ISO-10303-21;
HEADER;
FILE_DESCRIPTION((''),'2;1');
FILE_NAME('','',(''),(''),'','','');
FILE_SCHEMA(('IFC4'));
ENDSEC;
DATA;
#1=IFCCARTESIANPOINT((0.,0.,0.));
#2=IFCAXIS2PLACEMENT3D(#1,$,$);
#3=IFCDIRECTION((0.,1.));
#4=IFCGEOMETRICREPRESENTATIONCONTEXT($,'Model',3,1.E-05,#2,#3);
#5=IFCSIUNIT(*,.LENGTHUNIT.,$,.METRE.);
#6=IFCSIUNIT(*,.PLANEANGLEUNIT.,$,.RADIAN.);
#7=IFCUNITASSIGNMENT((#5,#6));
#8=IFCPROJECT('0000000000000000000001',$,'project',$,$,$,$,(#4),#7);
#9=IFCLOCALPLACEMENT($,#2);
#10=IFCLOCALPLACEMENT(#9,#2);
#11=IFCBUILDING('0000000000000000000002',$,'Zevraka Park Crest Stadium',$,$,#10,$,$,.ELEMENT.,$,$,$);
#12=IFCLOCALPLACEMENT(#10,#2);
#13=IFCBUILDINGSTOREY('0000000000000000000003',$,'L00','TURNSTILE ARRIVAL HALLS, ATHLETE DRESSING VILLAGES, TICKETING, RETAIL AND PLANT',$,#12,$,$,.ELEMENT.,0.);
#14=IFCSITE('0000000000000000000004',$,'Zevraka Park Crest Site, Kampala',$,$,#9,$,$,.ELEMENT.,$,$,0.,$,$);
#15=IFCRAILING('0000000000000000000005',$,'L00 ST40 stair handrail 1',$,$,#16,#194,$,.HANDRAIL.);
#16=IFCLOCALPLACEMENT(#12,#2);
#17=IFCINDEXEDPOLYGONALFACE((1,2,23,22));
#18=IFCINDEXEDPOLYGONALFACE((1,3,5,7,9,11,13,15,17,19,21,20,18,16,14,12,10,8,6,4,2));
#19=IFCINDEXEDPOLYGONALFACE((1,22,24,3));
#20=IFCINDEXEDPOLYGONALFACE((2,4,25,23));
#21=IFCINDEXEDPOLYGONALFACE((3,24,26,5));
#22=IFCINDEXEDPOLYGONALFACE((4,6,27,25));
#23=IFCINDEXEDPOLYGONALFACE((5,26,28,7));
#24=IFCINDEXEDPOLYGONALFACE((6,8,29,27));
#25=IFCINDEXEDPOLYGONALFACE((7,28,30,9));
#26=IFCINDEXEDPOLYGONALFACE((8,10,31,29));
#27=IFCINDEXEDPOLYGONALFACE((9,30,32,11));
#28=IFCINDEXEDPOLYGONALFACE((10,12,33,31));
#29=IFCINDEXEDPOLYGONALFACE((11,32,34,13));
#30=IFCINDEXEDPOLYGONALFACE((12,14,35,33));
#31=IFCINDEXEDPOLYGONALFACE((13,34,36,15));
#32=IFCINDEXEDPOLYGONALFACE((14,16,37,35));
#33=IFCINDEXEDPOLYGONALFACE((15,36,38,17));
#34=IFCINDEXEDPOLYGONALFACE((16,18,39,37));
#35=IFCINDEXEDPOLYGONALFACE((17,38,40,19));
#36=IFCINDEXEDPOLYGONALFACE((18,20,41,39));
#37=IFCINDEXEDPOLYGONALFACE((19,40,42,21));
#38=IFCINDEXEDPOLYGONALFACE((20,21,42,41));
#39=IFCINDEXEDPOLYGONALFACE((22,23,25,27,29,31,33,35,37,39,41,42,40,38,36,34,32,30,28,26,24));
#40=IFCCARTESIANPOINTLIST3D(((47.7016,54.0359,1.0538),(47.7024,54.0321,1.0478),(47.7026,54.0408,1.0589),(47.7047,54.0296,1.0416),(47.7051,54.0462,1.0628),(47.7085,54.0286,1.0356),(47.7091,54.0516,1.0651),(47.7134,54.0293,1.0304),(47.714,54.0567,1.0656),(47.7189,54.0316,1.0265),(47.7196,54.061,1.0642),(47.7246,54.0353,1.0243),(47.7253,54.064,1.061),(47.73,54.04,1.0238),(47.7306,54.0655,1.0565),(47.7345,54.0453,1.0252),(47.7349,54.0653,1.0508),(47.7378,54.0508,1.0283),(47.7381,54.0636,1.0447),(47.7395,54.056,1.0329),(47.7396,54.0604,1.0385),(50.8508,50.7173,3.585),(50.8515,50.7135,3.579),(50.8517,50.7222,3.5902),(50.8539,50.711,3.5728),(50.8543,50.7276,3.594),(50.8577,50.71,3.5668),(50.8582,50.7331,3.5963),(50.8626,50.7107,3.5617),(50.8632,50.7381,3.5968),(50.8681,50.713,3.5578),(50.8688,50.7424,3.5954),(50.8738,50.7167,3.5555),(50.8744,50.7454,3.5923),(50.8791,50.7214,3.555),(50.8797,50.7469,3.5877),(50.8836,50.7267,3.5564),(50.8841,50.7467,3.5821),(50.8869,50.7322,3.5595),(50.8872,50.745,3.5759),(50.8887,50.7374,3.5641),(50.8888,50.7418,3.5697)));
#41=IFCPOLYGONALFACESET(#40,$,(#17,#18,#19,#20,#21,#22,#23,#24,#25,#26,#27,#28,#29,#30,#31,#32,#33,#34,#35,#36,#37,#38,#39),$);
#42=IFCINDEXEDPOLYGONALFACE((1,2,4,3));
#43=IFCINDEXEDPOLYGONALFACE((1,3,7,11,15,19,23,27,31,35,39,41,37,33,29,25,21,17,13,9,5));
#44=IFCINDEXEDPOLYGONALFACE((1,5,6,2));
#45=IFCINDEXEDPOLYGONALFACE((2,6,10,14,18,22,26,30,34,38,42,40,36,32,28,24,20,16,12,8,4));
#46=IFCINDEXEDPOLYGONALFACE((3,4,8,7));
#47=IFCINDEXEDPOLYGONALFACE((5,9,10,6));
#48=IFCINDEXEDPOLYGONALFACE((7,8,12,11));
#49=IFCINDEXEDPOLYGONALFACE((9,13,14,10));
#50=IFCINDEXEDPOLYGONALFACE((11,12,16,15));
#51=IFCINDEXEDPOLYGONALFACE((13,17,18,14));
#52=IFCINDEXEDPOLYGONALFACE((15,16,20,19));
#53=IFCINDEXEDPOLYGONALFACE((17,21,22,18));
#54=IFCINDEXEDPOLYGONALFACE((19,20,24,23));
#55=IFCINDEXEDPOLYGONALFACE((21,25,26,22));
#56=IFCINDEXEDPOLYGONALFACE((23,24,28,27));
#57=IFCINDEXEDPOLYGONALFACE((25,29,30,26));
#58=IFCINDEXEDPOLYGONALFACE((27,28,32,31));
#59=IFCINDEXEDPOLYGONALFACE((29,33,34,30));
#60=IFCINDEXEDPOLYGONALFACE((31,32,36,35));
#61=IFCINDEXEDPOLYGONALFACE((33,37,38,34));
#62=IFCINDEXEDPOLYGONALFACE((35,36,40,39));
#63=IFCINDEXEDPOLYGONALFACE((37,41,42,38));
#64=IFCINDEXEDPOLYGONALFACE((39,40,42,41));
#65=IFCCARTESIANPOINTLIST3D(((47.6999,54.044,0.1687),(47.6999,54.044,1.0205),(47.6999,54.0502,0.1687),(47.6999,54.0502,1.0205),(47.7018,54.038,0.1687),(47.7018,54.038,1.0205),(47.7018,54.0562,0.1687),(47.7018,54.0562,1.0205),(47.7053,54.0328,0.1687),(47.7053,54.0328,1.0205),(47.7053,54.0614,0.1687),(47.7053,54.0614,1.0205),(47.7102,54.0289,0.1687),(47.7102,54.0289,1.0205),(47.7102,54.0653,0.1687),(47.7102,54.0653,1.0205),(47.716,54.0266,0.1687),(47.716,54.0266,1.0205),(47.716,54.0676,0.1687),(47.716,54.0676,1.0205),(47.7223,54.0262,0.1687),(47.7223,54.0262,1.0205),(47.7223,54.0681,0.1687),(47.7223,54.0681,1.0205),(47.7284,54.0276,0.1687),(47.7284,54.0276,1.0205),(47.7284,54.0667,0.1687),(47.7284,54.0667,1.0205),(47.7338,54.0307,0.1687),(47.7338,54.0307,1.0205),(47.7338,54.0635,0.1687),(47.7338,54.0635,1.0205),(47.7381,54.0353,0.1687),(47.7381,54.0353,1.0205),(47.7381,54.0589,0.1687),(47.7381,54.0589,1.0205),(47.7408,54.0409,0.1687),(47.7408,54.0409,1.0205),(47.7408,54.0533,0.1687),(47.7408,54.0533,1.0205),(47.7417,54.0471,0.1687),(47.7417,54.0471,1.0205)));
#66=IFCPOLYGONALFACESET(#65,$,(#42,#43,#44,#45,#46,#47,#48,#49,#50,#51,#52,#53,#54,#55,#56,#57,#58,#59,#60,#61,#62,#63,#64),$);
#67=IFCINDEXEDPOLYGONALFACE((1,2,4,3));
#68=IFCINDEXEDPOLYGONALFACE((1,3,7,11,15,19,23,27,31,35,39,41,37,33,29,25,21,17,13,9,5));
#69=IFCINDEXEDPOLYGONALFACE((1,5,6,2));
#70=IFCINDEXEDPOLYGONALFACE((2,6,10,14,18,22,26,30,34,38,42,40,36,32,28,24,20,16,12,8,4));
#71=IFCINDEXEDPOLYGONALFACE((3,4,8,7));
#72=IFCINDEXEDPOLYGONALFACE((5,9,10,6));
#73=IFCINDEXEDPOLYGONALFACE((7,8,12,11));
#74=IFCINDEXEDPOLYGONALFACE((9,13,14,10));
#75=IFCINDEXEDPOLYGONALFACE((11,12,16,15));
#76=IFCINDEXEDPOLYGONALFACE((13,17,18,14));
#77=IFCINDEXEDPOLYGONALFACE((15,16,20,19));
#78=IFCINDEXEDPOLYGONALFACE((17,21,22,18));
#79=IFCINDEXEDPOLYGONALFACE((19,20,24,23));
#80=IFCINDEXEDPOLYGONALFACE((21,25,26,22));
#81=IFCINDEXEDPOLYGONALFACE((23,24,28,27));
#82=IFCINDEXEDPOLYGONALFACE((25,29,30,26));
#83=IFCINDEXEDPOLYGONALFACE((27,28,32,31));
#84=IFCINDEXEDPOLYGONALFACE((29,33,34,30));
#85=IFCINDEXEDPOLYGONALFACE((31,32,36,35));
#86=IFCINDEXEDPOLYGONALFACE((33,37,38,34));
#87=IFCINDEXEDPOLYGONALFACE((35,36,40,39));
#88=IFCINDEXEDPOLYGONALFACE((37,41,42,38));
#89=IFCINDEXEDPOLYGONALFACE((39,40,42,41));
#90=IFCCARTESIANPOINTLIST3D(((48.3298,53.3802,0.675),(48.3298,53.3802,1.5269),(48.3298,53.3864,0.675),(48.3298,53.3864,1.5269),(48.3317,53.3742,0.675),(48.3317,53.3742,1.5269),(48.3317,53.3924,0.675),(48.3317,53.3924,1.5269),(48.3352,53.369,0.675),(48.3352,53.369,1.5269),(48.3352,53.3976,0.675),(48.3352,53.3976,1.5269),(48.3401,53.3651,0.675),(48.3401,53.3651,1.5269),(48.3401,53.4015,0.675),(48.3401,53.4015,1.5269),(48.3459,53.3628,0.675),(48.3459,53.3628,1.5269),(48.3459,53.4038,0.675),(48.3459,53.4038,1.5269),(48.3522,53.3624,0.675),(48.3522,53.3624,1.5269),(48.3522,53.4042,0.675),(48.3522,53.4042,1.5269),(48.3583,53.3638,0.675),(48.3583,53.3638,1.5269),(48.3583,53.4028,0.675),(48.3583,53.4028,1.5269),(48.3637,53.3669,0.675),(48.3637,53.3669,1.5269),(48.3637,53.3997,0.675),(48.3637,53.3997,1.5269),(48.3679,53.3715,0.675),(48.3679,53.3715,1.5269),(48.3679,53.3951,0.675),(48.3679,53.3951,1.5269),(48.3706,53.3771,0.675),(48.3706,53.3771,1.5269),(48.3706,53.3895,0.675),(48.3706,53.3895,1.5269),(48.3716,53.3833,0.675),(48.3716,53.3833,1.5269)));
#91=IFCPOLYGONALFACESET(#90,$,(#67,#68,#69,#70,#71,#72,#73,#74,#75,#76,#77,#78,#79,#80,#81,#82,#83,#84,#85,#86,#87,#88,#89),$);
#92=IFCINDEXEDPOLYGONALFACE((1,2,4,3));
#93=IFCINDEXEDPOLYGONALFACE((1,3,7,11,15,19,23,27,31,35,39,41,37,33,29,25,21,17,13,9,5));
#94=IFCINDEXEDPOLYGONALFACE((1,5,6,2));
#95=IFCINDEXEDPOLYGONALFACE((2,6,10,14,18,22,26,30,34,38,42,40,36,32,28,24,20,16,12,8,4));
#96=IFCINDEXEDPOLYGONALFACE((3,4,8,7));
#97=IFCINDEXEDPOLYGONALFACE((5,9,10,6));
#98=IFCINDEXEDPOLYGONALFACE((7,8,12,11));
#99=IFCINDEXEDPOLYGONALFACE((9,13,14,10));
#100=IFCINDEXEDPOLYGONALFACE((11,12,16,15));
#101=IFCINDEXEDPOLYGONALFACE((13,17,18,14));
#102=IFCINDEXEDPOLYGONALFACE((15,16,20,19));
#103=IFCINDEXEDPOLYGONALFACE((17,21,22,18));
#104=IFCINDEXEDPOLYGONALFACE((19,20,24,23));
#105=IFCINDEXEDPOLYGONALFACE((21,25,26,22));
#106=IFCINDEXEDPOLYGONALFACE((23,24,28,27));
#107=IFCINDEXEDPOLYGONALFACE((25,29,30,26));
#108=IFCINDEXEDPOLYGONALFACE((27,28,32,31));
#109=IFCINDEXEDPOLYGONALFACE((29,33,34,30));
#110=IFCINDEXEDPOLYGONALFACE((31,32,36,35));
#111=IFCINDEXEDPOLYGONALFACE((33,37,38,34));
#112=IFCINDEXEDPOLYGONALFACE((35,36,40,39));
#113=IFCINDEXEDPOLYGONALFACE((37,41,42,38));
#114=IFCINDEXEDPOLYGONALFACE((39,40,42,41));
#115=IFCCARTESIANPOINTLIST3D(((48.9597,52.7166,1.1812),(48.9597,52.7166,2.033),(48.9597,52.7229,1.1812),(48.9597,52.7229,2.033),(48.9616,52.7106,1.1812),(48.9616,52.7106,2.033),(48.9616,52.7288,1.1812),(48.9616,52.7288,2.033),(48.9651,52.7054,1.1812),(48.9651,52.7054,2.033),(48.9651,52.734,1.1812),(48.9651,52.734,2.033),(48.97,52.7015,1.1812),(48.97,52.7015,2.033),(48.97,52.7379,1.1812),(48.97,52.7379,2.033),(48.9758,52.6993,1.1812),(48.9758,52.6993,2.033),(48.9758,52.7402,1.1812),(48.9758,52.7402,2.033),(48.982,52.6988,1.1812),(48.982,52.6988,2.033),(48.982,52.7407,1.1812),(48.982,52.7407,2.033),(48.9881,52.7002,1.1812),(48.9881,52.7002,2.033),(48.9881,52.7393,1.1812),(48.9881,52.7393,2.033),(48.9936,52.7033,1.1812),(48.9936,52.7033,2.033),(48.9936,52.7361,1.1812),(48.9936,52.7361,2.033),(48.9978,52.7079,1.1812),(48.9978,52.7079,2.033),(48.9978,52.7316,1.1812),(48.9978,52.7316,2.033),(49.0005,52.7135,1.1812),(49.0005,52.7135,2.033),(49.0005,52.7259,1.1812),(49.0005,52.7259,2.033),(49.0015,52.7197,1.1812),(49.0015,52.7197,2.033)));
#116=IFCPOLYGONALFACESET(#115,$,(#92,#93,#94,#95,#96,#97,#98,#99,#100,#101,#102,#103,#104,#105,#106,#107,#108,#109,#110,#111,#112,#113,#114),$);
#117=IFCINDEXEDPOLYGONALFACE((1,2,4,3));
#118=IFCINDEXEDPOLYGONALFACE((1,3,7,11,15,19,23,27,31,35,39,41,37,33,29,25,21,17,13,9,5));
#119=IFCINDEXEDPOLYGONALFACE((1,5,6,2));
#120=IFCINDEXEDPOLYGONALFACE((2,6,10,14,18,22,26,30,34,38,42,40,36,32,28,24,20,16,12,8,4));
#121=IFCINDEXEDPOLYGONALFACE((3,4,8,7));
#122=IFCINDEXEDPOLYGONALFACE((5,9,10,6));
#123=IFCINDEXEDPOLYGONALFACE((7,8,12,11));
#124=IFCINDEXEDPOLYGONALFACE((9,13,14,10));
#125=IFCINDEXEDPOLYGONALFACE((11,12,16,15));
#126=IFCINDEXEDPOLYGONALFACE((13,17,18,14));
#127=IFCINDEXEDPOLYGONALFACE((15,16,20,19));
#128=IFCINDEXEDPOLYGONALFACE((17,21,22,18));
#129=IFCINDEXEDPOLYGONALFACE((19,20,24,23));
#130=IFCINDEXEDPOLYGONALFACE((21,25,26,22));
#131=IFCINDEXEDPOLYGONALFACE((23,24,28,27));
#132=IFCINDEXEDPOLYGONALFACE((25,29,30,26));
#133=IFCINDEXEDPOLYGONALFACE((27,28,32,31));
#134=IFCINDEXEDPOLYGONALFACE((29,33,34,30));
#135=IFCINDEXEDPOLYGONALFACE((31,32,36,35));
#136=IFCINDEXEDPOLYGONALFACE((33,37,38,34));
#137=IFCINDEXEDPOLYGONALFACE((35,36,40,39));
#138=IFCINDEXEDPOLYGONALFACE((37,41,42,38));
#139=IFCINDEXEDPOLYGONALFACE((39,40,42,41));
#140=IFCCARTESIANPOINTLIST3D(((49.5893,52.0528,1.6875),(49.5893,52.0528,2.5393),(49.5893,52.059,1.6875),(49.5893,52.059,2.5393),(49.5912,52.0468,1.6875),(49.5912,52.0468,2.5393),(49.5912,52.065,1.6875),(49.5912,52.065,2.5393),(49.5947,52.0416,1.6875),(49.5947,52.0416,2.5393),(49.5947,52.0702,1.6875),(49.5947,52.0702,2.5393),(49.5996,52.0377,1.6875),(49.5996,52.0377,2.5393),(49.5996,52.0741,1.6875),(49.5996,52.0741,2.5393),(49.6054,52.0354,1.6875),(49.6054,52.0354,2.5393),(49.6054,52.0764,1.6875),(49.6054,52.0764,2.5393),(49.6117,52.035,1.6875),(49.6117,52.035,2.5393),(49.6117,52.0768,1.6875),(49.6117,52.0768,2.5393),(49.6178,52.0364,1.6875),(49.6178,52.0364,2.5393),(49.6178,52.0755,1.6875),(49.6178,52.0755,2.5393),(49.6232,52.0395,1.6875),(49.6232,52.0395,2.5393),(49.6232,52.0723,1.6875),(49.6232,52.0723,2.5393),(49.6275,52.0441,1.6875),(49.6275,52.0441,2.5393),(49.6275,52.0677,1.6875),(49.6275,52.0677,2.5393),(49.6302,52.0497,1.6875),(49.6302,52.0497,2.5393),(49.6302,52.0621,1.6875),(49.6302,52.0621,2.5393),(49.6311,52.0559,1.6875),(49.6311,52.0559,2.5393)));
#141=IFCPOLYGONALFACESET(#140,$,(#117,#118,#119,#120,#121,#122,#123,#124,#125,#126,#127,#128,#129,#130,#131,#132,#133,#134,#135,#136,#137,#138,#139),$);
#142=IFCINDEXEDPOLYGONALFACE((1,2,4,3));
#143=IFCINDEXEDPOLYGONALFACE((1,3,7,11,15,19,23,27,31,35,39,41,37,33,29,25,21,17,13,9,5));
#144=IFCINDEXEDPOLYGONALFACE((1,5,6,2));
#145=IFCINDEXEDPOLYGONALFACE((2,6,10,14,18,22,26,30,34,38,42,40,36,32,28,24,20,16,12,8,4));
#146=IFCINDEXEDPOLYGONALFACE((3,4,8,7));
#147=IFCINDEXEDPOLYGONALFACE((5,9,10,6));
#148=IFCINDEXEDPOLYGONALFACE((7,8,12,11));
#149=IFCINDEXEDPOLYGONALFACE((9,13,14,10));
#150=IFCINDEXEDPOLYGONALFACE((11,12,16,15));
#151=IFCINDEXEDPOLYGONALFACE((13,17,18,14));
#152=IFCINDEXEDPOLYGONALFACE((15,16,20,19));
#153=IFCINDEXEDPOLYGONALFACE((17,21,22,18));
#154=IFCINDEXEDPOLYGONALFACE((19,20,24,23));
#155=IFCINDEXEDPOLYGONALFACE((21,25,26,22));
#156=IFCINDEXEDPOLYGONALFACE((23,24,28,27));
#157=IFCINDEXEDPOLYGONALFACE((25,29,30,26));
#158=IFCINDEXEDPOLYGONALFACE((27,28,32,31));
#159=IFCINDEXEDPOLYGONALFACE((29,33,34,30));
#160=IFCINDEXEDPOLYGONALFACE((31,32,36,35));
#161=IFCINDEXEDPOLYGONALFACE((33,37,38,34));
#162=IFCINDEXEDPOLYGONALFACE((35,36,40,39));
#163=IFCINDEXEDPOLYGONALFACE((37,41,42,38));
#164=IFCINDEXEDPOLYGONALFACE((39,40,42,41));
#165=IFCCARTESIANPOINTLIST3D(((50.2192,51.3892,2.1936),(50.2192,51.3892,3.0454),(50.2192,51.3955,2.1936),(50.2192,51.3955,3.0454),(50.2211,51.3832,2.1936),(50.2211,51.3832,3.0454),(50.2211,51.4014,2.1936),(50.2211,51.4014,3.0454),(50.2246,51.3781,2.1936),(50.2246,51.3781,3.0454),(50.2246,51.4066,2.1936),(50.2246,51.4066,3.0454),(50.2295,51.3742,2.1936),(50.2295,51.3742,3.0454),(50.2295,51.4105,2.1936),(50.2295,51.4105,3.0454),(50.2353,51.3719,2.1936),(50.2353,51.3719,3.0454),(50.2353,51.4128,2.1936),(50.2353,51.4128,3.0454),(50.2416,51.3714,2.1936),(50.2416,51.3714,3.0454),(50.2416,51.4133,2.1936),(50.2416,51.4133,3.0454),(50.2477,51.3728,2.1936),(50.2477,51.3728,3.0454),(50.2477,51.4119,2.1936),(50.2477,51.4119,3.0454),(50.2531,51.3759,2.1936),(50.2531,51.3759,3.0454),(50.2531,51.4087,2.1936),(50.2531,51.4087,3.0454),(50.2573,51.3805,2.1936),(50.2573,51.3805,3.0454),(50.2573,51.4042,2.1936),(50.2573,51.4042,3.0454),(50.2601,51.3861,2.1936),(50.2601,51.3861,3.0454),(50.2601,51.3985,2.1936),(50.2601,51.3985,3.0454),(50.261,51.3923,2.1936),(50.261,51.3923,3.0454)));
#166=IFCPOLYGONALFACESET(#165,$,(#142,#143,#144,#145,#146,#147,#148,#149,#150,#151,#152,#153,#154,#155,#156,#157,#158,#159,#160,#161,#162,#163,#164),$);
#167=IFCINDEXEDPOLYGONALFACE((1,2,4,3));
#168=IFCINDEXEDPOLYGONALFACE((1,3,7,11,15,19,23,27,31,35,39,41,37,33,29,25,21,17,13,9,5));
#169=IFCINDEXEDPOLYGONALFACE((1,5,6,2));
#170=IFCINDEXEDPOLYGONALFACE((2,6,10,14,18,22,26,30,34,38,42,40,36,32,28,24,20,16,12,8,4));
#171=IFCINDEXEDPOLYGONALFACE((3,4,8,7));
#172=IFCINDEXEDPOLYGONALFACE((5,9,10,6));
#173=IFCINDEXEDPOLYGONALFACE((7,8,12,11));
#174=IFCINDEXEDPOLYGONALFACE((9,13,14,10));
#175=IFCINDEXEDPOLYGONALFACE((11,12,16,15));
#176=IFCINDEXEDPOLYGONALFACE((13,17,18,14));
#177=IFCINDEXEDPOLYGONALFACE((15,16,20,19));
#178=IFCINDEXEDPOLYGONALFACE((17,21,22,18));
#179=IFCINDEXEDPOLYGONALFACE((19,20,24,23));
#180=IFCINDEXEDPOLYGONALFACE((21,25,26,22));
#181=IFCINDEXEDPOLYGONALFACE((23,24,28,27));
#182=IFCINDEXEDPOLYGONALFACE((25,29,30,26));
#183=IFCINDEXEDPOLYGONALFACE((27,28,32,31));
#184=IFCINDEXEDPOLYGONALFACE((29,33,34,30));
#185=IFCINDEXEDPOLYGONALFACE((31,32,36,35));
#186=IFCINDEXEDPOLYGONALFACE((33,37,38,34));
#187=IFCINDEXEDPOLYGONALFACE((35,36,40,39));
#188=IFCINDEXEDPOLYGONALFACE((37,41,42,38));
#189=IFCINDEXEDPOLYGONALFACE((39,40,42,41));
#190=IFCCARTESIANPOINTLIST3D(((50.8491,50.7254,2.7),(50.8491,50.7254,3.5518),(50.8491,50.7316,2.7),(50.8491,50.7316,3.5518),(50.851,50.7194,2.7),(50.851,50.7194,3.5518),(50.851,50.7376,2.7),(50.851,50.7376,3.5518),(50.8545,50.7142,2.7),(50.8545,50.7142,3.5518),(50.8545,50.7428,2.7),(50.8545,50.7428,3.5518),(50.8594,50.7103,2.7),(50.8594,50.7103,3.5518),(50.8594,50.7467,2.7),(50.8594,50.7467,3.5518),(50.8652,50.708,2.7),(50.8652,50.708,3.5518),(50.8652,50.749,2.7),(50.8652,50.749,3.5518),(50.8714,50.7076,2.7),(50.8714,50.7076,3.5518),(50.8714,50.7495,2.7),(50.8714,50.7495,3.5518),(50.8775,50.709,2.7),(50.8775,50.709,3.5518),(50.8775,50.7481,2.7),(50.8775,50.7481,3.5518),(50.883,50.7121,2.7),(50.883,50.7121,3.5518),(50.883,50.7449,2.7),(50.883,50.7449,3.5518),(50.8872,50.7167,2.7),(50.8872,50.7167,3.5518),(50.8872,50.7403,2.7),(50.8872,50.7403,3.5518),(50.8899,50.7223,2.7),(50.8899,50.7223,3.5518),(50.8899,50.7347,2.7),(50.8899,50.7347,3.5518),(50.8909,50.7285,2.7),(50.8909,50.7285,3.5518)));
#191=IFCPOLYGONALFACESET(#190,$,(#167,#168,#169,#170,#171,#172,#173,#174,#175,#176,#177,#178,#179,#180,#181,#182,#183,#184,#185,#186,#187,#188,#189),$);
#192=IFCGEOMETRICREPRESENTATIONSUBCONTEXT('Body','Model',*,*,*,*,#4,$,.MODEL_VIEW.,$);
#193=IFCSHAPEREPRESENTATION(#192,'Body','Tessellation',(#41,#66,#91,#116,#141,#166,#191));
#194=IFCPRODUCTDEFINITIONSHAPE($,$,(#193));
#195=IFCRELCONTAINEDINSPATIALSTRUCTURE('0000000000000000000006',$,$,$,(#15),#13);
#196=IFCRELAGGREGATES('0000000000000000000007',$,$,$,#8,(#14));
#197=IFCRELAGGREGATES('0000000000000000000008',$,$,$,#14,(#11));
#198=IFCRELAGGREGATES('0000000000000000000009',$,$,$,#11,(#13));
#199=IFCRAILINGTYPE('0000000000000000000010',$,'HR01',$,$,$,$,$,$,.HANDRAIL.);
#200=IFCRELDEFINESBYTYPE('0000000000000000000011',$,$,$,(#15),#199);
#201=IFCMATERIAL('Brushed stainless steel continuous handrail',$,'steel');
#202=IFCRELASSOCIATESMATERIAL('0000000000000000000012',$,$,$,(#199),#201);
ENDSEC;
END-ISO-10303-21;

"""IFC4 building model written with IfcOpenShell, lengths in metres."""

from ifc_helpers import new_model, si_unit, direction, frame, origin, origin_2d, place, context, subcontext, project, spatial, circle, extrude, material, type_object, element, save


model = new_model("IFC4")

# Units and contexts
model_context = context("Model", 3, precision=1e-05, world=origin(), true_north=direction((0.0, 1.0)))
body_context = subcontext(model_context, "Body", "Model", "MODEL_VIEW")
ifc_project = project(units=[si_unit("LENGTHUNIT", "METRE"), si_unit("PLANEANGLEUNIT", "RADIAN")], contexts=[model_context])

# Site, building, storey
site_placement = place(None, origin())
site = spatial("IfcSite", under=ifc_project, at=site_placement, Name="Zevraka Park Crest Site, Kampala", CompositionType="ELEMENT", RefElevation=0.0)
building_placement = place(site_placement, origin())
building = spatial("IfcBuilding", under=site, at=building_placement, Name="Zevraka Park Crest Stadium", CompositionType="ELEMENT")
storey_placement = place(building_placement, origin())
storey = spatial("IfcBuildingStorey", under=building, at=storey_placement, Name="L00", Description="TURNSTILE ARRIVAL HALLS, ATHLETE DRESSING VILLAGES, TICKETING, RETAIL AND PLANT", CompositionType="ELEMENT", Elevation=0.0)

# Railing
ifc_material_1 = material(Name="Brushed stainless steel continuous handrail", Category="steel")
railing_type_1 = type_object("IfcRailingType", Name="HR01", PredefinedType="HANDRAIL", material=ifc_material_1)
railing_1_placement = place(storey_placement, frame((47.7207, 54.0471, 0.1687)))
element("IfcRailing", 1, at=railing_1_placement, inside=storey, type_object=railing_type_1, Name="L00 ST40 stair handrail 1", PredefinedType="HANDRAIL", context=body_context, shape_type="SweptSolid", body=[
    extrude(circle(Radius=0.0239, at=origin_2d()), frame((0.0, 0.0, 0.876), z_axis=(0.602304, -0.634709, 0.484122), x_axis=(0.725382, 0.688347, 0.0)), (0.0, 0.0, 1.0), 5.2285),
    extrude(circle(Radius=0.021, at=origin_2d()), origin(), (0.0, 0.0, 1.0), 0.8518),
    extrude(circle(Radius=0.021, at=origin_2d()), frame((0.6299, -0.6638, 0.5063)), (0.0, 0.0, 1.0), 0.8518),
    extrude(circle(Radius=0.021, at=origin_2d()), frame((1.2598, -1.3274, 1.0125)), (0.0, 0.0, 1.0), 0.8518),
    extrude(circle(Radius=0.021, at=origin_2d()), frame((1.8894, -1.9912, 1.5188)), (0.0, 0.0, 1.0), 0.8518),
    extrude(circle(Radius=0.021, at=origin_2d()), frame((2.5193, -2.6548, 2.0249)), (0.0, 0.0, 1.0), 0.8518),
    extrude(circle(Radius=0.021, at=origin_2d()), frame((3.1492, -3.3186, 2.5312)), (0.0, 0.0, 1.0), 0.8518),
])

save(model, "model.ifc")
